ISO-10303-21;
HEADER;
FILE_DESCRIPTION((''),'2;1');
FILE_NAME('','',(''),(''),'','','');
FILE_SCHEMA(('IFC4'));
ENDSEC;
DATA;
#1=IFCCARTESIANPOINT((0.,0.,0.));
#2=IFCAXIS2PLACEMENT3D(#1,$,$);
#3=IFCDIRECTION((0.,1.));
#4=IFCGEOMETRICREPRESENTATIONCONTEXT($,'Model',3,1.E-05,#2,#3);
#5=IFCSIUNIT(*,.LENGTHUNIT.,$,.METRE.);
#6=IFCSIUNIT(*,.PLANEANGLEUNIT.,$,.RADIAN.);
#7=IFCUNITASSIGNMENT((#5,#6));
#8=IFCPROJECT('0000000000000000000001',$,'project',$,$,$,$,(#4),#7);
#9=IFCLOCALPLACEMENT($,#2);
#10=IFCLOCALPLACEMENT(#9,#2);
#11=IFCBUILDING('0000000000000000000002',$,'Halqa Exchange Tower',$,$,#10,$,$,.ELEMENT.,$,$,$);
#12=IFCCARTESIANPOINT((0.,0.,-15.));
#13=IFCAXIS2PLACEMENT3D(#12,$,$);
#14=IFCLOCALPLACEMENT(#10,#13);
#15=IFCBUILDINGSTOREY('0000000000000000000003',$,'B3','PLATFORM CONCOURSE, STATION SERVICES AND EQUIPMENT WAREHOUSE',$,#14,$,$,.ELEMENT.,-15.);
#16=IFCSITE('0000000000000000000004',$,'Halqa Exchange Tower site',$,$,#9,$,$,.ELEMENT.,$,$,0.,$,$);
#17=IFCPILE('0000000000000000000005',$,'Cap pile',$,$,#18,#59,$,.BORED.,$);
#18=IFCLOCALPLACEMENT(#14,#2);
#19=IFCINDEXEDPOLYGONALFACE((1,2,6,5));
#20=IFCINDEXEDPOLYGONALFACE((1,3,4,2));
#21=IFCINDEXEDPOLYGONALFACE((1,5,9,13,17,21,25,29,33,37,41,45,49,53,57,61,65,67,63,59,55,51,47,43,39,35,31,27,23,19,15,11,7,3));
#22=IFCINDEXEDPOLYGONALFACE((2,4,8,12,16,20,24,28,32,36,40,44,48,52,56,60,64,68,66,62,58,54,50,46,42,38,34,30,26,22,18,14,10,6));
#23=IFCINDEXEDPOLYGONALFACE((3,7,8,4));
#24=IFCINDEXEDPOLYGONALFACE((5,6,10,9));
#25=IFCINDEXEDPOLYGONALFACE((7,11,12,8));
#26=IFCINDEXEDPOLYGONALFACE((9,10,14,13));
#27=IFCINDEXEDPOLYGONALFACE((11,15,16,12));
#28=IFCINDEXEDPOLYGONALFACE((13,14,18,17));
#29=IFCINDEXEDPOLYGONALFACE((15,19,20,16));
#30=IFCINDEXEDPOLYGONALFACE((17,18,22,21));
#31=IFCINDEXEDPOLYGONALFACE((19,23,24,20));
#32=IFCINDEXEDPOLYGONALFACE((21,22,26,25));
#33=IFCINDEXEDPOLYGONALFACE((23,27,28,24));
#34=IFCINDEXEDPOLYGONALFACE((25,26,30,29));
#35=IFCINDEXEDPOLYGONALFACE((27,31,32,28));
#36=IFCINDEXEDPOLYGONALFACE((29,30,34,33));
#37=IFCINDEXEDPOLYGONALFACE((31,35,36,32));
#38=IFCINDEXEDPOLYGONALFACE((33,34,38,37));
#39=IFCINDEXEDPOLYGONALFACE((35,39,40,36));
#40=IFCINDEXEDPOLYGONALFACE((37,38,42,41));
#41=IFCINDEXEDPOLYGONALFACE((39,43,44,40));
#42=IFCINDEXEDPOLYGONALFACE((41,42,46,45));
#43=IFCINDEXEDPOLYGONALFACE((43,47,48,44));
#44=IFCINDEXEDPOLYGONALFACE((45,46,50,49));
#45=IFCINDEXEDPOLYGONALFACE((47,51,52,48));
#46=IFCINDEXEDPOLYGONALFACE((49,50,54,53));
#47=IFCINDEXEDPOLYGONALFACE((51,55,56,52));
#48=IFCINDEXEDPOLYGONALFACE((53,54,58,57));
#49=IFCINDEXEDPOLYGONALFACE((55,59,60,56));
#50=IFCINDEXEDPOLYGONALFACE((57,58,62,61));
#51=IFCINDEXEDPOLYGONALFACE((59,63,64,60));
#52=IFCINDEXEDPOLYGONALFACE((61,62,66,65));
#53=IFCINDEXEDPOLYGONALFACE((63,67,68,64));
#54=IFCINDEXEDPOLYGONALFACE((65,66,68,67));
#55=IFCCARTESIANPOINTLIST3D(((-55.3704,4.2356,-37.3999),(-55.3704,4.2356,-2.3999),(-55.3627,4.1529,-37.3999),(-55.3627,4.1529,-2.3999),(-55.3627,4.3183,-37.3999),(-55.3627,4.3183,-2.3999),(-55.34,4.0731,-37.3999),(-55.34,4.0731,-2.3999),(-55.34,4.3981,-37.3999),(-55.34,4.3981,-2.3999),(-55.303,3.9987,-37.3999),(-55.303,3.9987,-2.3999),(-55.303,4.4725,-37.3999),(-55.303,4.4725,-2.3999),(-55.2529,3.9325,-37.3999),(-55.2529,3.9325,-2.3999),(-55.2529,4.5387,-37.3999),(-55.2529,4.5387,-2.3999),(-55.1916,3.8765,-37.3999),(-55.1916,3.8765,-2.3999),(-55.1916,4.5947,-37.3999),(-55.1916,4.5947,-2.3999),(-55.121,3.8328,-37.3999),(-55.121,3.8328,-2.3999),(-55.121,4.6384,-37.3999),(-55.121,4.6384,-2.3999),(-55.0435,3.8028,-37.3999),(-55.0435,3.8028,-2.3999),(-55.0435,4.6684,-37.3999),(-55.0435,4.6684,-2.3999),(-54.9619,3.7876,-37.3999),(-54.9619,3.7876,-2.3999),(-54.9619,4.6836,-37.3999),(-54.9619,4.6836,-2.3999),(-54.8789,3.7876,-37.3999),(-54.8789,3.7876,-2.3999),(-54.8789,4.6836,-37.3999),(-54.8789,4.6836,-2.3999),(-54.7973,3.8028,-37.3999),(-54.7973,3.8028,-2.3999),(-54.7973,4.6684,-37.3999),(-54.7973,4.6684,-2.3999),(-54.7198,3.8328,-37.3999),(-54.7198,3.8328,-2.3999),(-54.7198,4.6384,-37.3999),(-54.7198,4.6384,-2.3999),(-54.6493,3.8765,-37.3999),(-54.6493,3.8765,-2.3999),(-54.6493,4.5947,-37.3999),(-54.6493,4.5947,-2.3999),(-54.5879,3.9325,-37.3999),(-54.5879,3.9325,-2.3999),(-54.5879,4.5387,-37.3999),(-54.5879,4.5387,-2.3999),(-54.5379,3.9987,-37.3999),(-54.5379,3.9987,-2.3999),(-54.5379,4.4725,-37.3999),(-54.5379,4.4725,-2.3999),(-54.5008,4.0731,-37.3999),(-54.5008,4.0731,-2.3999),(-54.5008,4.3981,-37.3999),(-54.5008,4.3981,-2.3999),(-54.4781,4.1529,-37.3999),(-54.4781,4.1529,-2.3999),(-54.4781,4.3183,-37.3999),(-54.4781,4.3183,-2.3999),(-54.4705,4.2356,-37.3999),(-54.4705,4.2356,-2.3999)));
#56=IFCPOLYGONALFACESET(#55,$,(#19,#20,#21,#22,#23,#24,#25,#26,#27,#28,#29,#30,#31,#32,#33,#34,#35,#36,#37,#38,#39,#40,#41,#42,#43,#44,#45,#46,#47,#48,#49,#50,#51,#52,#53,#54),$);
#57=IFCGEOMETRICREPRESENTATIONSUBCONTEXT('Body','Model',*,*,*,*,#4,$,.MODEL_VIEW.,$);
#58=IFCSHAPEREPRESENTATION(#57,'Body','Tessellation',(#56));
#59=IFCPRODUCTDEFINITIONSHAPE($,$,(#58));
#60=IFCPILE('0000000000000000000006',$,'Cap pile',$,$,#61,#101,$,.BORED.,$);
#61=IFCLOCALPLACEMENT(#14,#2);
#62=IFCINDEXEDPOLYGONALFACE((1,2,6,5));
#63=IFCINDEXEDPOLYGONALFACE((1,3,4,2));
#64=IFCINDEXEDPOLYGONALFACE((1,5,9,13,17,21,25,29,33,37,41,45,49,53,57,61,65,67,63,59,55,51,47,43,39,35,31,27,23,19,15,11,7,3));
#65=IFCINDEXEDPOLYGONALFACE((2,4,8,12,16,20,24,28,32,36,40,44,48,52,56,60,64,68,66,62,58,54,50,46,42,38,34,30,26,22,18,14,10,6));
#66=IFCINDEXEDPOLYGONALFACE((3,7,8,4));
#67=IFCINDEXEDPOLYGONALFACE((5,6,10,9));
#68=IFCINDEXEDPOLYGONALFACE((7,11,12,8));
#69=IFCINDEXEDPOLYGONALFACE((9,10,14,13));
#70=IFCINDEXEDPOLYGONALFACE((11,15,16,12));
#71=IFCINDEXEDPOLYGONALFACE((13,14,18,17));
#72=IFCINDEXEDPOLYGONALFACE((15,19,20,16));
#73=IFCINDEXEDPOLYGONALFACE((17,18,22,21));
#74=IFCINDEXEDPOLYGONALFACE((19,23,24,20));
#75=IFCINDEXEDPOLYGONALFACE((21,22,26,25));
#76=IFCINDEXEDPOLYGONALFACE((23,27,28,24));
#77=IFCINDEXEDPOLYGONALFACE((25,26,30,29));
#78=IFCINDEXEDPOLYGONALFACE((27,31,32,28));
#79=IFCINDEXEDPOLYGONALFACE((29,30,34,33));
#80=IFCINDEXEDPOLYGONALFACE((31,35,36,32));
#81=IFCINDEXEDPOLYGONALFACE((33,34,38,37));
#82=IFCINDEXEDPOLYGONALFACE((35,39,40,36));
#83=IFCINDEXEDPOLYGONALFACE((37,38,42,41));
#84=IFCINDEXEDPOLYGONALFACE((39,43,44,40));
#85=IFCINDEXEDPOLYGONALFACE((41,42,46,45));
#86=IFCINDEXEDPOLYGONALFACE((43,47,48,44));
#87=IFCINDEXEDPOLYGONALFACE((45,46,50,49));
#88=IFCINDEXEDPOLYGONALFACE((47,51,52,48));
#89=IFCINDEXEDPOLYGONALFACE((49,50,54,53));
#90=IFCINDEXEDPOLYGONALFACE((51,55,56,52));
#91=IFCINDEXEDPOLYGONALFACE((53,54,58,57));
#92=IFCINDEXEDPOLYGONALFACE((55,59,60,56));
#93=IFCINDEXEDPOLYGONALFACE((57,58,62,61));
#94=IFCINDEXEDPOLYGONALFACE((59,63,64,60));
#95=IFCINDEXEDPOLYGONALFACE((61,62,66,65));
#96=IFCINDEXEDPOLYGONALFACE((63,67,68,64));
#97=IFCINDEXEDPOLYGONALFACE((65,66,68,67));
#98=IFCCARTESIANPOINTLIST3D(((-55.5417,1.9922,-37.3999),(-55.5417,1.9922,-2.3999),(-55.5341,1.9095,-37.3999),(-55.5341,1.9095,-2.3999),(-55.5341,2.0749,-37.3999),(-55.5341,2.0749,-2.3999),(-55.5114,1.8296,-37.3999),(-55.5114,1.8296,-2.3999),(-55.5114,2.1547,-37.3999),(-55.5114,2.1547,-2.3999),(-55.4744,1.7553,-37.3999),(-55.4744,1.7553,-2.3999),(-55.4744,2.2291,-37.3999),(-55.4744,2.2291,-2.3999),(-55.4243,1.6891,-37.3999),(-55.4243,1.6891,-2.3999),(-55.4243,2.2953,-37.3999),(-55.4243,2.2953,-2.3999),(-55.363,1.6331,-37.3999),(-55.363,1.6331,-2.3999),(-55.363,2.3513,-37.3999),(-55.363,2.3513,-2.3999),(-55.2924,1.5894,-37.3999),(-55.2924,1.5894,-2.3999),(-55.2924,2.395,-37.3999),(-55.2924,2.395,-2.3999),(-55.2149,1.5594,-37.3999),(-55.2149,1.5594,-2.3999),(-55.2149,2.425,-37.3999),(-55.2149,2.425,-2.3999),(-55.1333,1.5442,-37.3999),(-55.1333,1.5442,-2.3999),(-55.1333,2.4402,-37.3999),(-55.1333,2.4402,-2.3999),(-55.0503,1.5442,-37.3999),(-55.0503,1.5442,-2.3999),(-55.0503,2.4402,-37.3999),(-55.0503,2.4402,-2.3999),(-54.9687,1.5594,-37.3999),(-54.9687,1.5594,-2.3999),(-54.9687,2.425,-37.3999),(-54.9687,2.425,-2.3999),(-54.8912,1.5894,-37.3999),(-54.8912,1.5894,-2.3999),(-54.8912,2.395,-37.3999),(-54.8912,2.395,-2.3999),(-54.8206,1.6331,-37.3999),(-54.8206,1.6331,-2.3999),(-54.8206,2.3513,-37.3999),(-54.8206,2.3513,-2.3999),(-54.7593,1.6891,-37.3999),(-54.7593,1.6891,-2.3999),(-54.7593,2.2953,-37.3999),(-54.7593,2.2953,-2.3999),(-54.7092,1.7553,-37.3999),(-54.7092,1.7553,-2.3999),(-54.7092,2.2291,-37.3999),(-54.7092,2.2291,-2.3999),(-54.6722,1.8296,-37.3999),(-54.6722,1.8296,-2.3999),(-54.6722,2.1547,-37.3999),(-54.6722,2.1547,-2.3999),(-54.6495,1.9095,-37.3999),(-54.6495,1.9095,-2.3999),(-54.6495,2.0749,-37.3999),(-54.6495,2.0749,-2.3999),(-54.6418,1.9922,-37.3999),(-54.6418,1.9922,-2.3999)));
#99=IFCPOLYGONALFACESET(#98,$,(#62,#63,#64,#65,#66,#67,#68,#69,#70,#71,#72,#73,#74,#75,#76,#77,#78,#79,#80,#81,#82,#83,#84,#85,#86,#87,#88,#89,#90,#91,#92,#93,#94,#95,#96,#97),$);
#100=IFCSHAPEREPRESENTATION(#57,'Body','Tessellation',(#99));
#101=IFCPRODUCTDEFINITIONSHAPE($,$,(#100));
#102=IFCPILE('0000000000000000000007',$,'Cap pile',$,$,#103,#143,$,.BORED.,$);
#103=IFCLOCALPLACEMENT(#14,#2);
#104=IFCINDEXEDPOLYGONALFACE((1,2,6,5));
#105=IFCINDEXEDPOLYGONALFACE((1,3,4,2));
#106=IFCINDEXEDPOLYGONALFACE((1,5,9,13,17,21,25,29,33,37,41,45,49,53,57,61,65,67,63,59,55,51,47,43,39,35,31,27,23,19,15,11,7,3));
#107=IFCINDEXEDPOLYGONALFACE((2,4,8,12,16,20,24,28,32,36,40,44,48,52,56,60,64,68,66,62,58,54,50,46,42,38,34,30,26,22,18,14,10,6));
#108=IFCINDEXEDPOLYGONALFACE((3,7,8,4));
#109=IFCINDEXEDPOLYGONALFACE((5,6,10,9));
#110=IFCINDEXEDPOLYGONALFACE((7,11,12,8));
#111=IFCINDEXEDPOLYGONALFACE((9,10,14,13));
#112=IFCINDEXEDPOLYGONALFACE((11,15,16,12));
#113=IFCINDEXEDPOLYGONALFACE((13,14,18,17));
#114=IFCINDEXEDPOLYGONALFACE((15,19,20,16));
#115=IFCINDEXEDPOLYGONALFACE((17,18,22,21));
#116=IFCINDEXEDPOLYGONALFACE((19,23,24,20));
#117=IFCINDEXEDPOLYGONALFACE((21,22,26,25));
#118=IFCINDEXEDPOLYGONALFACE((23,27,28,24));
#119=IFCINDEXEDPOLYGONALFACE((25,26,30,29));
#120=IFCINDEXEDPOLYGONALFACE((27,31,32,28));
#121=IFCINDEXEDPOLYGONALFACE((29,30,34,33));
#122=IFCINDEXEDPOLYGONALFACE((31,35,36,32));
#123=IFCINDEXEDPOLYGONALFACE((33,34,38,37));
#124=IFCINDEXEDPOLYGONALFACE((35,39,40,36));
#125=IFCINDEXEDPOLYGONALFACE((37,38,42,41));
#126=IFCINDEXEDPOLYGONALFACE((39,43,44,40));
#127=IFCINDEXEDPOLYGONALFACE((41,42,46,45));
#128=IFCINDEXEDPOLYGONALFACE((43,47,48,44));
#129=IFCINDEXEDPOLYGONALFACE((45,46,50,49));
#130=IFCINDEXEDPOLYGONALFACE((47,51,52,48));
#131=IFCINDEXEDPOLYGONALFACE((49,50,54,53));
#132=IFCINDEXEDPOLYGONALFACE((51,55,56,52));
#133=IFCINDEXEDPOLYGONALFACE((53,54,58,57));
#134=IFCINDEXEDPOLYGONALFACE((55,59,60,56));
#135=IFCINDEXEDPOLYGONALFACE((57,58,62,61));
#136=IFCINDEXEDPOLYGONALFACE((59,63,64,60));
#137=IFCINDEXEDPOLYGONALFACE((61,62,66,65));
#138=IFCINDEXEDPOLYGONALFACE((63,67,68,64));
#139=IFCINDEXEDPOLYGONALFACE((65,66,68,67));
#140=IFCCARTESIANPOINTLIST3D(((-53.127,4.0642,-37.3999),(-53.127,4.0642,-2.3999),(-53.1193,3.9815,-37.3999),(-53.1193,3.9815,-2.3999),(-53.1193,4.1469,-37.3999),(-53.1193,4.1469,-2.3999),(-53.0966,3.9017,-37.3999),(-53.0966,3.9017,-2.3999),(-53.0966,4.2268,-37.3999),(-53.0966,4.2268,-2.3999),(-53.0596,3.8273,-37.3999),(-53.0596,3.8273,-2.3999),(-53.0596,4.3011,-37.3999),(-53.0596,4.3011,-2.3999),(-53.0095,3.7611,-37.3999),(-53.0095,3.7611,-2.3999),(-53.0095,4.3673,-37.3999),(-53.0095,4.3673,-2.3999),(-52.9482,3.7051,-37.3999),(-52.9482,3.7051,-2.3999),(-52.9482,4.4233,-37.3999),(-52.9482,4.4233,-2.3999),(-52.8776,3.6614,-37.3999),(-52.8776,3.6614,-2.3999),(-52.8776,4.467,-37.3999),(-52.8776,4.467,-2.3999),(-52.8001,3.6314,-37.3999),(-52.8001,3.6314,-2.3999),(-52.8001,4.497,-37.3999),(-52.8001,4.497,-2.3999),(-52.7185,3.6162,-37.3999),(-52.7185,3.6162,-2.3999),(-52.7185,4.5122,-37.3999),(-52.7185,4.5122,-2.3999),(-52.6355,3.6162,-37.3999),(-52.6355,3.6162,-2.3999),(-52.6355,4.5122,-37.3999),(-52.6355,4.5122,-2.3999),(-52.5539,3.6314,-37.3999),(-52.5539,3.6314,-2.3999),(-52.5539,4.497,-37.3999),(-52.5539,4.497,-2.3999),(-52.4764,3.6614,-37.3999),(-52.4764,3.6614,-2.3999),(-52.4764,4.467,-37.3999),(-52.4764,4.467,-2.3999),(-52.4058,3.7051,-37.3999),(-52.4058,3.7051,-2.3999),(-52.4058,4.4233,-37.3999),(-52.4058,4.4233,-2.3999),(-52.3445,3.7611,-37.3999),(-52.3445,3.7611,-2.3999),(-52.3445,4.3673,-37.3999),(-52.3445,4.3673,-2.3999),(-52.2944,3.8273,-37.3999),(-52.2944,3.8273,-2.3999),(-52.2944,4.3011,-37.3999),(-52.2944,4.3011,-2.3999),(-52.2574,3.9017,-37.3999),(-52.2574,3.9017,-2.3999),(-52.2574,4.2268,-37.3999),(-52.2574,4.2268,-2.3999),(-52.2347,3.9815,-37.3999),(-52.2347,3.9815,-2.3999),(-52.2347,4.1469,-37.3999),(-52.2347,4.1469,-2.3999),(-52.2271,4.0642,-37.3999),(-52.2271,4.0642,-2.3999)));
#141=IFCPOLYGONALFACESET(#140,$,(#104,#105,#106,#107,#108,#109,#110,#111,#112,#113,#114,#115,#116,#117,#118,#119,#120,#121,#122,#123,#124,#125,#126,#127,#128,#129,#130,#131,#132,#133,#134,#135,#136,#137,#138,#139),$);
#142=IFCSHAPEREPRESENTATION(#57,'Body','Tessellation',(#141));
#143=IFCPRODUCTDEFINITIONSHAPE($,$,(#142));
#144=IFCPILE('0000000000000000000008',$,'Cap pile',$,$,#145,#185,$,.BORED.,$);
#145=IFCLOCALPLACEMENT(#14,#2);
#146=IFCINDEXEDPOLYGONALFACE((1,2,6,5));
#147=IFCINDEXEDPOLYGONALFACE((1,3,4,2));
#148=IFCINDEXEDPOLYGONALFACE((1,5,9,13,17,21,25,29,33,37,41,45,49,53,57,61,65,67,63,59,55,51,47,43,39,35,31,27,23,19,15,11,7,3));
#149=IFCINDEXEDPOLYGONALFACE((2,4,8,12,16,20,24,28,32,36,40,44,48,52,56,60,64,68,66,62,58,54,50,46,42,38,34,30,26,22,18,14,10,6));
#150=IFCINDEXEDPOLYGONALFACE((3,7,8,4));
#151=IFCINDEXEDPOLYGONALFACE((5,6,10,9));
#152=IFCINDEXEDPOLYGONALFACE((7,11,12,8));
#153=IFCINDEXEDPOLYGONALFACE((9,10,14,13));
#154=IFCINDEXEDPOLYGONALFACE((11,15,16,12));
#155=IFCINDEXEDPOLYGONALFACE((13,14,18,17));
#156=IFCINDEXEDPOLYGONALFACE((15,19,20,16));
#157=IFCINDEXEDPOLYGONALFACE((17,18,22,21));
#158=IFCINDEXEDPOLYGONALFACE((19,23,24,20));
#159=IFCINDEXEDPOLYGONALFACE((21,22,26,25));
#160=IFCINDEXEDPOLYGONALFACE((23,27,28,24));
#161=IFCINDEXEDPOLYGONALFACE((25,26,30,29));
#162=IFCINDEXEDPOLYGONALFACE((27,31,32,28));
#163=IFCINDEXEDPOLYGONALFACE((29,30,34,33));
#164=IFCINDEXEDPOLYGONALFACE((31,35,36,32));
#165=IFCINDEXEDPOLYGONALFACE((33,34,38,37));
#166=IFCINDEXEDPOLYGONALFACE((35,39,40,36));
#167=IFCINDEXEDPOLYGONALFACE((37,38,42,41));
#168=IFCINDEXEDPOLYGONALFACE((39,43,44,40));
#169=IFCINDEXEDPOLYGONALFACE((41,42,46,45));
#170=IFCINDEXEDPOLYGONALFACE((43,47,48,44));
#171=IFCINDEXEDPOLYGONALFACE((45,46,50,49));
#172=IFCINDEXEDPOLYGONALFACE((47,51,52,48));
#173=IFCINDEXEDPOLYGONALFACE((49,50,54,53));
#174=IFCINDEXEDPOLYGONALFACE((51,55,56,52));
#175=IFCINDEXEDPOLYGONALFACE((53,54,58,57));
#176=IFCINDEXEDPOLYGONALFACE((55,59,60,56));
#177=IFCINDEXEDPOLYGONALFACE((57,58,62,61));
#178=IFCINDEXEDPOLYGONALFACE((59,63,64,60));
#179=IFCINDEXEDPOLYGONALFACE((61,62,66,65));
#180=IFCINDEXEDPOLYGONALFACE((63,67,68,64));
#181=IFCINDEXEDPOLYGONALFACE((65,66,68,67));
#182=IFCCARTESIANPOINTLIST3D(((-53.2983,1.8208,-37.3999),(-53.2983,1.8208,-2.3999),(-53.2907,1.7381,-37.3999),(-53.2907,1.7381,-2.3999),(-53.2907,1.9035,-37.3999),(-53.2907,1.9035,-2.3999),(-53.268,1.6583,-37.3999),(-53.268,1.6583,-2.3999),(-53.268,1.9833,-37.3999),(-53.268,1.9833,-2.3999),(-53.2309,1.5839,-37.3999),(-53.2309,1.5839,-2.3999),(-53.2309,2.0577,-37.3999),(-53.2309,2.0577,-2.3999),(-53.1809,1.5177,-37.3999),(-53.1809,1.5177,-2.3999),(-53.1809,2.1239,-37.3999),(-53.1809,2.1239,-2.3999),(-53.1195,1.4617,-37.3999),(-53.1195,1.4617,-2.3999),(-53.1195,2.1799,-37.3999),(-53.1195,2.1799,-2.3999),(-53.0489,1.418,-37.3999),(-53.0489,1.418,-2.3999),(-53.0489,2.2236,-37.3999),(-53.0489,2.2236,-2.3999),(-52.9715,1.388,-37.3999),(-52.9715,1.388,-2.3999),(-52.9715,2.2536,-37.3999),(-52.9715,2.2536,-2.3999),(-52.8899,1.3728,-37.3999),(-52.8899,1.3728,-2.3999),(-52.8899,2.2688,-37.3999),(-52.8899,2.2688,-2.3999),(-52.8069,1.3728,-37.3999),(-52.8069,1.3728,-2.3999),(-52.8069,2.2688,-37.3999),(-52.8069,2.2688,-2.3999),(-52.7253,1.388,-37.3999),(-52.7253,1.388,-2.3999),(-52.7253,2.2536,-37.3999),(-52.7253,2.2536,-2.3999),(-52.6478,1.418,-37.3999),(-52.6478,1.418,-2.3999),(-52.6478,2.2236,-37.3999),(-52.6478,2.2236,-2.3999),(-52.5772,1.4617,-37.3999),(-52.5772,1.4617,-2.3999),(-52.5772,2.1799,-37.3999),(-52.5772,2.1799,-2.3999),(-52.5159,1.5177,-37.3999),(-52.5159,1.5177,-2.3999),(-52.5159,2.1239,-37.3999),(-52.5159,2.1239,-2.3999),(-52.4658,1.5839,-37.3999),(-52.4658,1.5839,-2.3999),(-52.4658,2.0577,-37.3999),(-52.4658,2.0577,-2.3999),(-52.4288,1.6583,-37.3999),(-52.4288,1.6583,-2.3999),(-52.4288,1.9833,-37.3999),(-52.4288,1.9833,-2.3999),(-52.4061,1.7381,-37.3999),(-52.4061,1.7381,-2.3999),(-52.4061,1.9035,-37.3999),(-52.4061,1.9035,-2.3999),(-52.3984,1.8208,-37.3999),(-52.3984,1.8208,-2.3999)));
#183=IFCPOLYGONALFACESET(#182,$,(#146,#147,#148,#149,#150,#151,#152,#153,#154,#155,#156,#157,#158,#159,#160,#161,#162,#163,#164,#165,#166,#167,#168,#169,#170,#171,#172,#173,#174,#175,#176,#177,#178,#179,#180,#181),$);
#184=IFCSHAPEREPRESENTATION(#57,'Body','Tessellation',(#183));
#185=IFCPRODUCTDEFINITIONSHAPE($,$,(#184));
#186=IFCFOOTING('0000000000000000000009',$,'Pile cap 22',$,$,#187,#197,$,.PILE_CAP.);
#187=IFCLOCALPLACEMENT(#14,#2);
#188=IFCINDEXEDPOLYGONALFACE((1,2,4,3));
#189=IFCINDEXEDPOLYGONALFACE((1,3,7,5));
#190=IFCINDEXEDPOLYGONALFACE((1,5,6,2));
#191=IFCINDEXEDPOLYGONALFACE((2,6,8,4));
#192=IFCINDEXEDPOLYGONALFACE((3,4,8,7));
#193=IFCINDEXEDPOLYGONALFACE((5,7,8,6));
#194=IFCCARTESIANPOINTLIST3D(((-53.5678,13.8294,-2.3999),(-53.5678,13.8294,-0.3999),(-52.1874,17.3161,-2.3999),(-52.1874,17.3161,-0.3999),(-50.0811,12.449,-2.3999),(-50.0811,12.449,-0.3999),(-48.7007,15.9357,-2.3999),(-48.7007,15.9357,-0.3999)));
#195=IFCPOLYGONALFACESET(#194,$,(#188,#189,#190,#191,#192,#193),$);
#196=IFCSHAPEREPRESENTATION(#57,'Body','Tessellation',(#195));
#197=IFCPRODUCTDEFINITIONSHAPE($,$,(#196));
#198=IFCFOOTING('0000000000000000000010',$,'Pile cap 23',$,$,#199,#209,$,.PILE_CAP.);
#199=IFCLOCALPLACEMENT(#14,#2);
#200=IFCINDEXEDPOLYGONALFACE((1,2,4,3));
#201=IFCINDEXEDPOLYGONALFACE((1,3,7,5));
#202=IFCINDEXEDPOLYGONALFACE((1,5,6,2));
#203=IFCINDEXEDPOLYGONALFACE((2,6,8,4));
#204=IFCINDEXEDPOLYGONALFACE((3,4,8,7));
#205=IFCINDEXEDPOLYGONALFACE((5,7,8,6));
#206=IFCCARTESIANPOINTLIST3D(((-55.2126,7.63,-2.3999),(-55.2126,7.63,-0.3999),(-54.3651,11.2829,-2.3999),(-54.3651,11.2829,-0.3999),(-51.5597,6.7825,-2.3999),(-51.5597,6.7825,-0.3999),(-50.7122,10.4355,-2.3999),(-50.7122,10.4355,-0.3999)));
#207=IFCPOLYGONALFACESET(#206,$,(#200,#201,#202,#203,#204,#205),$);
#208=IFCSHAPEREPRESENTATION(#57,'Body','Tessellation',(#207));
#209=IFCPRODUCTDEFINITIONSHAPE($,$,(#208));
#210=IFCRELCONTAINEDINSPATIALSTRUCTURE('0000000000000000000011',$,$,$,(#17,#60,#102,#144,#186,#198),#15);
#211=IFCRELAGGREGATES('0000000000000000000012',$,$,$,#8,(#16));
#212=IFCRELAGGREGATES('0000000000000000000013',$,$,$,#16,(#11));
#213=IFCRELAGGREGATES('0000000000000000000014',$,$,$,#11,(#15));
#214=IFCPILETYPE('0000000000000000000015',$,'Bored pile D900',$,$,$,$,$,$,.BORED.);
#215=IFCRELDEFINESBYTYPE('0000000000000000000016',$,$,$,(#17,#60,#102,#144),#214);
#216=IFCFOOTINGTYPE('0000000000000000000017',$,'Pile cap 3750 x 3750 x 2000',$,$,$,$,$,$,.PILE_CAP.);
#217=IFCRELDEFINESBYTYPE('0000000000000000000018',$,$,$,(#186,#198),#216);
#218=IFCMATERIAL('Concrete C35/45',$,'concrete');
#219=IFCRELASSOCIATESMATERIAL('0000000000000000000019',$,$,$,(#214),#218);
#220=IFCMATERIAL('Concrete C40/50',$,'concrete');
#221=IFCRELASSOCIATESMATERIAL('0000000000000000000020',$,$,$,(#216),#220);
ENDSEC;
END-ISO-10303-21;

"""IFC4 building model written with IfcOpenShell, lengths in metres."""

from ifc_helpers import new_model, si_unit, direction, frame, origin, origin_2d, place, context, subcontext, project, spatial, rectangle, circle, extrude, material, material_profile, profile_set, type_object, element, save


model = new_model("IFC4")

# Units and contexts
model_context = context("Model", 3, precision=1e-05, world=origin(), true_north=direction((0.0, 1.0)))
body_context = subcontext(model_context, "Body", "Model", "MODEL_VIEW")
ifc_project = project(units=[si_unit("LENGTHUNIT", "METRE"), si_unit("PLANEANGLEUNIT", "RADIAN")], contexts=[model_context])

# Site, building, storey
site_placement = place(None, origin())
site = spatial("IfcSite", under=ifc_project, at=site_placement, Name="Halqa Exchange Tower site", CompositionType="ELEMENT", RefElevation=0.0)
building_placement = place(site_placement, origin())
building = spatial("IfcBuilding", under=site, at=building_placement, Name="Halqa Exchange Tower", CompositionType="ELEMENT")
storey_placement = place(building_placement, frame((0.0, 0.0, -15.0)))
storey = spatial("IfcBuildingStorey", under=building, at=storey_placement, Name="B3", Description="PLATFORM CONCOURSE, STATION SERVICES AND EQUIPMENT WAREHOUSE", CompositionType="ELEMENT", Elevation=-15.0)

# Piles
ifc_material_1 = material(Name="Concrete C35/45", Category="concrete")
ifc_material_profile_1 = material_profile(ifc_material_1, circle(Radius=0.45, at=origin_2d()), Name="D900")
ifc_profile_set_1 = profile_set([ifc_material_profile_1], Name="Concrete C35/45")
pile_type = type_object("IfcPileType", Name="Bored pile D900", PredefinedType="BORED", material=ifc_profile_set_1)
for number, where, z_axis, x_axis, name in (
    (1, (-54.9204, 4.2356, -2.3999), (0.0, 0.0, -1.0), (1.0, 0.0, 0.0), "Cap pile"),
    (2, (-55.0918, 1.9922, -2.3999), (0.0, 0.0, -1.0), (1.0, 0.0, 0.0), "Cap pile"),
    (3, (-52.677, 4.0642, -2.3999), (0.0, 0.0, -1.0), (1.0, 0.0, 0.0), "Cap pile"),
    (4, (-52.8484, 1.8208, -2.3999), (0.0, 0.0, -1.0), (1.0, 0.0, 0.0), "Cap pile"),
):
    element("IfcPile", number, at=place(storey_placement, frame(where, z_axis=z_axis, x_axis=x_axis)), inside=storey, type_object=pile_type, Name=name, PredefinedType="BORED", context=body_context, shape_type="SweptSolid", body=[
        extrude(circle(Radius=0.45, at=origin_2d()), origin(), (0.0, 0.0, 1.0), 35.0),
    ])

# Footings
ifc_material_2 = material(Name="Concrete C40/50", Category="concrete")
footing_type = type_object("IfcFootingType", Name="Pile cap 3750 x 3750 x 2000", PredefinedType="PILE_CAP", material=ifc_material_2)
for number, where, z_axis, x_axis, name in (
    (5, (-51.1343, 14.8826, -2.3999), (0.0, 0.0, 1.0), (-0.36811, -0.929782, 0.0), "Pile cap 22"),
    (6, (-52.9624, 9.0327, -2.3999), (0.0, 0.0, 1.0), (-0.225997, -0.974128, 0.0), "Pile cap 23"),
):
    element("IfcFooting", number, at=place(storey_placement, frame(where, z_axis=z_axis, x_axis=x_axis)), inside=storey, type_object=footing_type, Name=name, PredefinedType="PILE_CAP", context=body_context, shape_type="SweptSolid", body=[
        extrude(rectangle(XDim=3.75, YDim=3.75, at=origin_2d()), origin(), (0.0, 0.0, 1.0), 2.0),
    ])

save(model, "model.ifc")
